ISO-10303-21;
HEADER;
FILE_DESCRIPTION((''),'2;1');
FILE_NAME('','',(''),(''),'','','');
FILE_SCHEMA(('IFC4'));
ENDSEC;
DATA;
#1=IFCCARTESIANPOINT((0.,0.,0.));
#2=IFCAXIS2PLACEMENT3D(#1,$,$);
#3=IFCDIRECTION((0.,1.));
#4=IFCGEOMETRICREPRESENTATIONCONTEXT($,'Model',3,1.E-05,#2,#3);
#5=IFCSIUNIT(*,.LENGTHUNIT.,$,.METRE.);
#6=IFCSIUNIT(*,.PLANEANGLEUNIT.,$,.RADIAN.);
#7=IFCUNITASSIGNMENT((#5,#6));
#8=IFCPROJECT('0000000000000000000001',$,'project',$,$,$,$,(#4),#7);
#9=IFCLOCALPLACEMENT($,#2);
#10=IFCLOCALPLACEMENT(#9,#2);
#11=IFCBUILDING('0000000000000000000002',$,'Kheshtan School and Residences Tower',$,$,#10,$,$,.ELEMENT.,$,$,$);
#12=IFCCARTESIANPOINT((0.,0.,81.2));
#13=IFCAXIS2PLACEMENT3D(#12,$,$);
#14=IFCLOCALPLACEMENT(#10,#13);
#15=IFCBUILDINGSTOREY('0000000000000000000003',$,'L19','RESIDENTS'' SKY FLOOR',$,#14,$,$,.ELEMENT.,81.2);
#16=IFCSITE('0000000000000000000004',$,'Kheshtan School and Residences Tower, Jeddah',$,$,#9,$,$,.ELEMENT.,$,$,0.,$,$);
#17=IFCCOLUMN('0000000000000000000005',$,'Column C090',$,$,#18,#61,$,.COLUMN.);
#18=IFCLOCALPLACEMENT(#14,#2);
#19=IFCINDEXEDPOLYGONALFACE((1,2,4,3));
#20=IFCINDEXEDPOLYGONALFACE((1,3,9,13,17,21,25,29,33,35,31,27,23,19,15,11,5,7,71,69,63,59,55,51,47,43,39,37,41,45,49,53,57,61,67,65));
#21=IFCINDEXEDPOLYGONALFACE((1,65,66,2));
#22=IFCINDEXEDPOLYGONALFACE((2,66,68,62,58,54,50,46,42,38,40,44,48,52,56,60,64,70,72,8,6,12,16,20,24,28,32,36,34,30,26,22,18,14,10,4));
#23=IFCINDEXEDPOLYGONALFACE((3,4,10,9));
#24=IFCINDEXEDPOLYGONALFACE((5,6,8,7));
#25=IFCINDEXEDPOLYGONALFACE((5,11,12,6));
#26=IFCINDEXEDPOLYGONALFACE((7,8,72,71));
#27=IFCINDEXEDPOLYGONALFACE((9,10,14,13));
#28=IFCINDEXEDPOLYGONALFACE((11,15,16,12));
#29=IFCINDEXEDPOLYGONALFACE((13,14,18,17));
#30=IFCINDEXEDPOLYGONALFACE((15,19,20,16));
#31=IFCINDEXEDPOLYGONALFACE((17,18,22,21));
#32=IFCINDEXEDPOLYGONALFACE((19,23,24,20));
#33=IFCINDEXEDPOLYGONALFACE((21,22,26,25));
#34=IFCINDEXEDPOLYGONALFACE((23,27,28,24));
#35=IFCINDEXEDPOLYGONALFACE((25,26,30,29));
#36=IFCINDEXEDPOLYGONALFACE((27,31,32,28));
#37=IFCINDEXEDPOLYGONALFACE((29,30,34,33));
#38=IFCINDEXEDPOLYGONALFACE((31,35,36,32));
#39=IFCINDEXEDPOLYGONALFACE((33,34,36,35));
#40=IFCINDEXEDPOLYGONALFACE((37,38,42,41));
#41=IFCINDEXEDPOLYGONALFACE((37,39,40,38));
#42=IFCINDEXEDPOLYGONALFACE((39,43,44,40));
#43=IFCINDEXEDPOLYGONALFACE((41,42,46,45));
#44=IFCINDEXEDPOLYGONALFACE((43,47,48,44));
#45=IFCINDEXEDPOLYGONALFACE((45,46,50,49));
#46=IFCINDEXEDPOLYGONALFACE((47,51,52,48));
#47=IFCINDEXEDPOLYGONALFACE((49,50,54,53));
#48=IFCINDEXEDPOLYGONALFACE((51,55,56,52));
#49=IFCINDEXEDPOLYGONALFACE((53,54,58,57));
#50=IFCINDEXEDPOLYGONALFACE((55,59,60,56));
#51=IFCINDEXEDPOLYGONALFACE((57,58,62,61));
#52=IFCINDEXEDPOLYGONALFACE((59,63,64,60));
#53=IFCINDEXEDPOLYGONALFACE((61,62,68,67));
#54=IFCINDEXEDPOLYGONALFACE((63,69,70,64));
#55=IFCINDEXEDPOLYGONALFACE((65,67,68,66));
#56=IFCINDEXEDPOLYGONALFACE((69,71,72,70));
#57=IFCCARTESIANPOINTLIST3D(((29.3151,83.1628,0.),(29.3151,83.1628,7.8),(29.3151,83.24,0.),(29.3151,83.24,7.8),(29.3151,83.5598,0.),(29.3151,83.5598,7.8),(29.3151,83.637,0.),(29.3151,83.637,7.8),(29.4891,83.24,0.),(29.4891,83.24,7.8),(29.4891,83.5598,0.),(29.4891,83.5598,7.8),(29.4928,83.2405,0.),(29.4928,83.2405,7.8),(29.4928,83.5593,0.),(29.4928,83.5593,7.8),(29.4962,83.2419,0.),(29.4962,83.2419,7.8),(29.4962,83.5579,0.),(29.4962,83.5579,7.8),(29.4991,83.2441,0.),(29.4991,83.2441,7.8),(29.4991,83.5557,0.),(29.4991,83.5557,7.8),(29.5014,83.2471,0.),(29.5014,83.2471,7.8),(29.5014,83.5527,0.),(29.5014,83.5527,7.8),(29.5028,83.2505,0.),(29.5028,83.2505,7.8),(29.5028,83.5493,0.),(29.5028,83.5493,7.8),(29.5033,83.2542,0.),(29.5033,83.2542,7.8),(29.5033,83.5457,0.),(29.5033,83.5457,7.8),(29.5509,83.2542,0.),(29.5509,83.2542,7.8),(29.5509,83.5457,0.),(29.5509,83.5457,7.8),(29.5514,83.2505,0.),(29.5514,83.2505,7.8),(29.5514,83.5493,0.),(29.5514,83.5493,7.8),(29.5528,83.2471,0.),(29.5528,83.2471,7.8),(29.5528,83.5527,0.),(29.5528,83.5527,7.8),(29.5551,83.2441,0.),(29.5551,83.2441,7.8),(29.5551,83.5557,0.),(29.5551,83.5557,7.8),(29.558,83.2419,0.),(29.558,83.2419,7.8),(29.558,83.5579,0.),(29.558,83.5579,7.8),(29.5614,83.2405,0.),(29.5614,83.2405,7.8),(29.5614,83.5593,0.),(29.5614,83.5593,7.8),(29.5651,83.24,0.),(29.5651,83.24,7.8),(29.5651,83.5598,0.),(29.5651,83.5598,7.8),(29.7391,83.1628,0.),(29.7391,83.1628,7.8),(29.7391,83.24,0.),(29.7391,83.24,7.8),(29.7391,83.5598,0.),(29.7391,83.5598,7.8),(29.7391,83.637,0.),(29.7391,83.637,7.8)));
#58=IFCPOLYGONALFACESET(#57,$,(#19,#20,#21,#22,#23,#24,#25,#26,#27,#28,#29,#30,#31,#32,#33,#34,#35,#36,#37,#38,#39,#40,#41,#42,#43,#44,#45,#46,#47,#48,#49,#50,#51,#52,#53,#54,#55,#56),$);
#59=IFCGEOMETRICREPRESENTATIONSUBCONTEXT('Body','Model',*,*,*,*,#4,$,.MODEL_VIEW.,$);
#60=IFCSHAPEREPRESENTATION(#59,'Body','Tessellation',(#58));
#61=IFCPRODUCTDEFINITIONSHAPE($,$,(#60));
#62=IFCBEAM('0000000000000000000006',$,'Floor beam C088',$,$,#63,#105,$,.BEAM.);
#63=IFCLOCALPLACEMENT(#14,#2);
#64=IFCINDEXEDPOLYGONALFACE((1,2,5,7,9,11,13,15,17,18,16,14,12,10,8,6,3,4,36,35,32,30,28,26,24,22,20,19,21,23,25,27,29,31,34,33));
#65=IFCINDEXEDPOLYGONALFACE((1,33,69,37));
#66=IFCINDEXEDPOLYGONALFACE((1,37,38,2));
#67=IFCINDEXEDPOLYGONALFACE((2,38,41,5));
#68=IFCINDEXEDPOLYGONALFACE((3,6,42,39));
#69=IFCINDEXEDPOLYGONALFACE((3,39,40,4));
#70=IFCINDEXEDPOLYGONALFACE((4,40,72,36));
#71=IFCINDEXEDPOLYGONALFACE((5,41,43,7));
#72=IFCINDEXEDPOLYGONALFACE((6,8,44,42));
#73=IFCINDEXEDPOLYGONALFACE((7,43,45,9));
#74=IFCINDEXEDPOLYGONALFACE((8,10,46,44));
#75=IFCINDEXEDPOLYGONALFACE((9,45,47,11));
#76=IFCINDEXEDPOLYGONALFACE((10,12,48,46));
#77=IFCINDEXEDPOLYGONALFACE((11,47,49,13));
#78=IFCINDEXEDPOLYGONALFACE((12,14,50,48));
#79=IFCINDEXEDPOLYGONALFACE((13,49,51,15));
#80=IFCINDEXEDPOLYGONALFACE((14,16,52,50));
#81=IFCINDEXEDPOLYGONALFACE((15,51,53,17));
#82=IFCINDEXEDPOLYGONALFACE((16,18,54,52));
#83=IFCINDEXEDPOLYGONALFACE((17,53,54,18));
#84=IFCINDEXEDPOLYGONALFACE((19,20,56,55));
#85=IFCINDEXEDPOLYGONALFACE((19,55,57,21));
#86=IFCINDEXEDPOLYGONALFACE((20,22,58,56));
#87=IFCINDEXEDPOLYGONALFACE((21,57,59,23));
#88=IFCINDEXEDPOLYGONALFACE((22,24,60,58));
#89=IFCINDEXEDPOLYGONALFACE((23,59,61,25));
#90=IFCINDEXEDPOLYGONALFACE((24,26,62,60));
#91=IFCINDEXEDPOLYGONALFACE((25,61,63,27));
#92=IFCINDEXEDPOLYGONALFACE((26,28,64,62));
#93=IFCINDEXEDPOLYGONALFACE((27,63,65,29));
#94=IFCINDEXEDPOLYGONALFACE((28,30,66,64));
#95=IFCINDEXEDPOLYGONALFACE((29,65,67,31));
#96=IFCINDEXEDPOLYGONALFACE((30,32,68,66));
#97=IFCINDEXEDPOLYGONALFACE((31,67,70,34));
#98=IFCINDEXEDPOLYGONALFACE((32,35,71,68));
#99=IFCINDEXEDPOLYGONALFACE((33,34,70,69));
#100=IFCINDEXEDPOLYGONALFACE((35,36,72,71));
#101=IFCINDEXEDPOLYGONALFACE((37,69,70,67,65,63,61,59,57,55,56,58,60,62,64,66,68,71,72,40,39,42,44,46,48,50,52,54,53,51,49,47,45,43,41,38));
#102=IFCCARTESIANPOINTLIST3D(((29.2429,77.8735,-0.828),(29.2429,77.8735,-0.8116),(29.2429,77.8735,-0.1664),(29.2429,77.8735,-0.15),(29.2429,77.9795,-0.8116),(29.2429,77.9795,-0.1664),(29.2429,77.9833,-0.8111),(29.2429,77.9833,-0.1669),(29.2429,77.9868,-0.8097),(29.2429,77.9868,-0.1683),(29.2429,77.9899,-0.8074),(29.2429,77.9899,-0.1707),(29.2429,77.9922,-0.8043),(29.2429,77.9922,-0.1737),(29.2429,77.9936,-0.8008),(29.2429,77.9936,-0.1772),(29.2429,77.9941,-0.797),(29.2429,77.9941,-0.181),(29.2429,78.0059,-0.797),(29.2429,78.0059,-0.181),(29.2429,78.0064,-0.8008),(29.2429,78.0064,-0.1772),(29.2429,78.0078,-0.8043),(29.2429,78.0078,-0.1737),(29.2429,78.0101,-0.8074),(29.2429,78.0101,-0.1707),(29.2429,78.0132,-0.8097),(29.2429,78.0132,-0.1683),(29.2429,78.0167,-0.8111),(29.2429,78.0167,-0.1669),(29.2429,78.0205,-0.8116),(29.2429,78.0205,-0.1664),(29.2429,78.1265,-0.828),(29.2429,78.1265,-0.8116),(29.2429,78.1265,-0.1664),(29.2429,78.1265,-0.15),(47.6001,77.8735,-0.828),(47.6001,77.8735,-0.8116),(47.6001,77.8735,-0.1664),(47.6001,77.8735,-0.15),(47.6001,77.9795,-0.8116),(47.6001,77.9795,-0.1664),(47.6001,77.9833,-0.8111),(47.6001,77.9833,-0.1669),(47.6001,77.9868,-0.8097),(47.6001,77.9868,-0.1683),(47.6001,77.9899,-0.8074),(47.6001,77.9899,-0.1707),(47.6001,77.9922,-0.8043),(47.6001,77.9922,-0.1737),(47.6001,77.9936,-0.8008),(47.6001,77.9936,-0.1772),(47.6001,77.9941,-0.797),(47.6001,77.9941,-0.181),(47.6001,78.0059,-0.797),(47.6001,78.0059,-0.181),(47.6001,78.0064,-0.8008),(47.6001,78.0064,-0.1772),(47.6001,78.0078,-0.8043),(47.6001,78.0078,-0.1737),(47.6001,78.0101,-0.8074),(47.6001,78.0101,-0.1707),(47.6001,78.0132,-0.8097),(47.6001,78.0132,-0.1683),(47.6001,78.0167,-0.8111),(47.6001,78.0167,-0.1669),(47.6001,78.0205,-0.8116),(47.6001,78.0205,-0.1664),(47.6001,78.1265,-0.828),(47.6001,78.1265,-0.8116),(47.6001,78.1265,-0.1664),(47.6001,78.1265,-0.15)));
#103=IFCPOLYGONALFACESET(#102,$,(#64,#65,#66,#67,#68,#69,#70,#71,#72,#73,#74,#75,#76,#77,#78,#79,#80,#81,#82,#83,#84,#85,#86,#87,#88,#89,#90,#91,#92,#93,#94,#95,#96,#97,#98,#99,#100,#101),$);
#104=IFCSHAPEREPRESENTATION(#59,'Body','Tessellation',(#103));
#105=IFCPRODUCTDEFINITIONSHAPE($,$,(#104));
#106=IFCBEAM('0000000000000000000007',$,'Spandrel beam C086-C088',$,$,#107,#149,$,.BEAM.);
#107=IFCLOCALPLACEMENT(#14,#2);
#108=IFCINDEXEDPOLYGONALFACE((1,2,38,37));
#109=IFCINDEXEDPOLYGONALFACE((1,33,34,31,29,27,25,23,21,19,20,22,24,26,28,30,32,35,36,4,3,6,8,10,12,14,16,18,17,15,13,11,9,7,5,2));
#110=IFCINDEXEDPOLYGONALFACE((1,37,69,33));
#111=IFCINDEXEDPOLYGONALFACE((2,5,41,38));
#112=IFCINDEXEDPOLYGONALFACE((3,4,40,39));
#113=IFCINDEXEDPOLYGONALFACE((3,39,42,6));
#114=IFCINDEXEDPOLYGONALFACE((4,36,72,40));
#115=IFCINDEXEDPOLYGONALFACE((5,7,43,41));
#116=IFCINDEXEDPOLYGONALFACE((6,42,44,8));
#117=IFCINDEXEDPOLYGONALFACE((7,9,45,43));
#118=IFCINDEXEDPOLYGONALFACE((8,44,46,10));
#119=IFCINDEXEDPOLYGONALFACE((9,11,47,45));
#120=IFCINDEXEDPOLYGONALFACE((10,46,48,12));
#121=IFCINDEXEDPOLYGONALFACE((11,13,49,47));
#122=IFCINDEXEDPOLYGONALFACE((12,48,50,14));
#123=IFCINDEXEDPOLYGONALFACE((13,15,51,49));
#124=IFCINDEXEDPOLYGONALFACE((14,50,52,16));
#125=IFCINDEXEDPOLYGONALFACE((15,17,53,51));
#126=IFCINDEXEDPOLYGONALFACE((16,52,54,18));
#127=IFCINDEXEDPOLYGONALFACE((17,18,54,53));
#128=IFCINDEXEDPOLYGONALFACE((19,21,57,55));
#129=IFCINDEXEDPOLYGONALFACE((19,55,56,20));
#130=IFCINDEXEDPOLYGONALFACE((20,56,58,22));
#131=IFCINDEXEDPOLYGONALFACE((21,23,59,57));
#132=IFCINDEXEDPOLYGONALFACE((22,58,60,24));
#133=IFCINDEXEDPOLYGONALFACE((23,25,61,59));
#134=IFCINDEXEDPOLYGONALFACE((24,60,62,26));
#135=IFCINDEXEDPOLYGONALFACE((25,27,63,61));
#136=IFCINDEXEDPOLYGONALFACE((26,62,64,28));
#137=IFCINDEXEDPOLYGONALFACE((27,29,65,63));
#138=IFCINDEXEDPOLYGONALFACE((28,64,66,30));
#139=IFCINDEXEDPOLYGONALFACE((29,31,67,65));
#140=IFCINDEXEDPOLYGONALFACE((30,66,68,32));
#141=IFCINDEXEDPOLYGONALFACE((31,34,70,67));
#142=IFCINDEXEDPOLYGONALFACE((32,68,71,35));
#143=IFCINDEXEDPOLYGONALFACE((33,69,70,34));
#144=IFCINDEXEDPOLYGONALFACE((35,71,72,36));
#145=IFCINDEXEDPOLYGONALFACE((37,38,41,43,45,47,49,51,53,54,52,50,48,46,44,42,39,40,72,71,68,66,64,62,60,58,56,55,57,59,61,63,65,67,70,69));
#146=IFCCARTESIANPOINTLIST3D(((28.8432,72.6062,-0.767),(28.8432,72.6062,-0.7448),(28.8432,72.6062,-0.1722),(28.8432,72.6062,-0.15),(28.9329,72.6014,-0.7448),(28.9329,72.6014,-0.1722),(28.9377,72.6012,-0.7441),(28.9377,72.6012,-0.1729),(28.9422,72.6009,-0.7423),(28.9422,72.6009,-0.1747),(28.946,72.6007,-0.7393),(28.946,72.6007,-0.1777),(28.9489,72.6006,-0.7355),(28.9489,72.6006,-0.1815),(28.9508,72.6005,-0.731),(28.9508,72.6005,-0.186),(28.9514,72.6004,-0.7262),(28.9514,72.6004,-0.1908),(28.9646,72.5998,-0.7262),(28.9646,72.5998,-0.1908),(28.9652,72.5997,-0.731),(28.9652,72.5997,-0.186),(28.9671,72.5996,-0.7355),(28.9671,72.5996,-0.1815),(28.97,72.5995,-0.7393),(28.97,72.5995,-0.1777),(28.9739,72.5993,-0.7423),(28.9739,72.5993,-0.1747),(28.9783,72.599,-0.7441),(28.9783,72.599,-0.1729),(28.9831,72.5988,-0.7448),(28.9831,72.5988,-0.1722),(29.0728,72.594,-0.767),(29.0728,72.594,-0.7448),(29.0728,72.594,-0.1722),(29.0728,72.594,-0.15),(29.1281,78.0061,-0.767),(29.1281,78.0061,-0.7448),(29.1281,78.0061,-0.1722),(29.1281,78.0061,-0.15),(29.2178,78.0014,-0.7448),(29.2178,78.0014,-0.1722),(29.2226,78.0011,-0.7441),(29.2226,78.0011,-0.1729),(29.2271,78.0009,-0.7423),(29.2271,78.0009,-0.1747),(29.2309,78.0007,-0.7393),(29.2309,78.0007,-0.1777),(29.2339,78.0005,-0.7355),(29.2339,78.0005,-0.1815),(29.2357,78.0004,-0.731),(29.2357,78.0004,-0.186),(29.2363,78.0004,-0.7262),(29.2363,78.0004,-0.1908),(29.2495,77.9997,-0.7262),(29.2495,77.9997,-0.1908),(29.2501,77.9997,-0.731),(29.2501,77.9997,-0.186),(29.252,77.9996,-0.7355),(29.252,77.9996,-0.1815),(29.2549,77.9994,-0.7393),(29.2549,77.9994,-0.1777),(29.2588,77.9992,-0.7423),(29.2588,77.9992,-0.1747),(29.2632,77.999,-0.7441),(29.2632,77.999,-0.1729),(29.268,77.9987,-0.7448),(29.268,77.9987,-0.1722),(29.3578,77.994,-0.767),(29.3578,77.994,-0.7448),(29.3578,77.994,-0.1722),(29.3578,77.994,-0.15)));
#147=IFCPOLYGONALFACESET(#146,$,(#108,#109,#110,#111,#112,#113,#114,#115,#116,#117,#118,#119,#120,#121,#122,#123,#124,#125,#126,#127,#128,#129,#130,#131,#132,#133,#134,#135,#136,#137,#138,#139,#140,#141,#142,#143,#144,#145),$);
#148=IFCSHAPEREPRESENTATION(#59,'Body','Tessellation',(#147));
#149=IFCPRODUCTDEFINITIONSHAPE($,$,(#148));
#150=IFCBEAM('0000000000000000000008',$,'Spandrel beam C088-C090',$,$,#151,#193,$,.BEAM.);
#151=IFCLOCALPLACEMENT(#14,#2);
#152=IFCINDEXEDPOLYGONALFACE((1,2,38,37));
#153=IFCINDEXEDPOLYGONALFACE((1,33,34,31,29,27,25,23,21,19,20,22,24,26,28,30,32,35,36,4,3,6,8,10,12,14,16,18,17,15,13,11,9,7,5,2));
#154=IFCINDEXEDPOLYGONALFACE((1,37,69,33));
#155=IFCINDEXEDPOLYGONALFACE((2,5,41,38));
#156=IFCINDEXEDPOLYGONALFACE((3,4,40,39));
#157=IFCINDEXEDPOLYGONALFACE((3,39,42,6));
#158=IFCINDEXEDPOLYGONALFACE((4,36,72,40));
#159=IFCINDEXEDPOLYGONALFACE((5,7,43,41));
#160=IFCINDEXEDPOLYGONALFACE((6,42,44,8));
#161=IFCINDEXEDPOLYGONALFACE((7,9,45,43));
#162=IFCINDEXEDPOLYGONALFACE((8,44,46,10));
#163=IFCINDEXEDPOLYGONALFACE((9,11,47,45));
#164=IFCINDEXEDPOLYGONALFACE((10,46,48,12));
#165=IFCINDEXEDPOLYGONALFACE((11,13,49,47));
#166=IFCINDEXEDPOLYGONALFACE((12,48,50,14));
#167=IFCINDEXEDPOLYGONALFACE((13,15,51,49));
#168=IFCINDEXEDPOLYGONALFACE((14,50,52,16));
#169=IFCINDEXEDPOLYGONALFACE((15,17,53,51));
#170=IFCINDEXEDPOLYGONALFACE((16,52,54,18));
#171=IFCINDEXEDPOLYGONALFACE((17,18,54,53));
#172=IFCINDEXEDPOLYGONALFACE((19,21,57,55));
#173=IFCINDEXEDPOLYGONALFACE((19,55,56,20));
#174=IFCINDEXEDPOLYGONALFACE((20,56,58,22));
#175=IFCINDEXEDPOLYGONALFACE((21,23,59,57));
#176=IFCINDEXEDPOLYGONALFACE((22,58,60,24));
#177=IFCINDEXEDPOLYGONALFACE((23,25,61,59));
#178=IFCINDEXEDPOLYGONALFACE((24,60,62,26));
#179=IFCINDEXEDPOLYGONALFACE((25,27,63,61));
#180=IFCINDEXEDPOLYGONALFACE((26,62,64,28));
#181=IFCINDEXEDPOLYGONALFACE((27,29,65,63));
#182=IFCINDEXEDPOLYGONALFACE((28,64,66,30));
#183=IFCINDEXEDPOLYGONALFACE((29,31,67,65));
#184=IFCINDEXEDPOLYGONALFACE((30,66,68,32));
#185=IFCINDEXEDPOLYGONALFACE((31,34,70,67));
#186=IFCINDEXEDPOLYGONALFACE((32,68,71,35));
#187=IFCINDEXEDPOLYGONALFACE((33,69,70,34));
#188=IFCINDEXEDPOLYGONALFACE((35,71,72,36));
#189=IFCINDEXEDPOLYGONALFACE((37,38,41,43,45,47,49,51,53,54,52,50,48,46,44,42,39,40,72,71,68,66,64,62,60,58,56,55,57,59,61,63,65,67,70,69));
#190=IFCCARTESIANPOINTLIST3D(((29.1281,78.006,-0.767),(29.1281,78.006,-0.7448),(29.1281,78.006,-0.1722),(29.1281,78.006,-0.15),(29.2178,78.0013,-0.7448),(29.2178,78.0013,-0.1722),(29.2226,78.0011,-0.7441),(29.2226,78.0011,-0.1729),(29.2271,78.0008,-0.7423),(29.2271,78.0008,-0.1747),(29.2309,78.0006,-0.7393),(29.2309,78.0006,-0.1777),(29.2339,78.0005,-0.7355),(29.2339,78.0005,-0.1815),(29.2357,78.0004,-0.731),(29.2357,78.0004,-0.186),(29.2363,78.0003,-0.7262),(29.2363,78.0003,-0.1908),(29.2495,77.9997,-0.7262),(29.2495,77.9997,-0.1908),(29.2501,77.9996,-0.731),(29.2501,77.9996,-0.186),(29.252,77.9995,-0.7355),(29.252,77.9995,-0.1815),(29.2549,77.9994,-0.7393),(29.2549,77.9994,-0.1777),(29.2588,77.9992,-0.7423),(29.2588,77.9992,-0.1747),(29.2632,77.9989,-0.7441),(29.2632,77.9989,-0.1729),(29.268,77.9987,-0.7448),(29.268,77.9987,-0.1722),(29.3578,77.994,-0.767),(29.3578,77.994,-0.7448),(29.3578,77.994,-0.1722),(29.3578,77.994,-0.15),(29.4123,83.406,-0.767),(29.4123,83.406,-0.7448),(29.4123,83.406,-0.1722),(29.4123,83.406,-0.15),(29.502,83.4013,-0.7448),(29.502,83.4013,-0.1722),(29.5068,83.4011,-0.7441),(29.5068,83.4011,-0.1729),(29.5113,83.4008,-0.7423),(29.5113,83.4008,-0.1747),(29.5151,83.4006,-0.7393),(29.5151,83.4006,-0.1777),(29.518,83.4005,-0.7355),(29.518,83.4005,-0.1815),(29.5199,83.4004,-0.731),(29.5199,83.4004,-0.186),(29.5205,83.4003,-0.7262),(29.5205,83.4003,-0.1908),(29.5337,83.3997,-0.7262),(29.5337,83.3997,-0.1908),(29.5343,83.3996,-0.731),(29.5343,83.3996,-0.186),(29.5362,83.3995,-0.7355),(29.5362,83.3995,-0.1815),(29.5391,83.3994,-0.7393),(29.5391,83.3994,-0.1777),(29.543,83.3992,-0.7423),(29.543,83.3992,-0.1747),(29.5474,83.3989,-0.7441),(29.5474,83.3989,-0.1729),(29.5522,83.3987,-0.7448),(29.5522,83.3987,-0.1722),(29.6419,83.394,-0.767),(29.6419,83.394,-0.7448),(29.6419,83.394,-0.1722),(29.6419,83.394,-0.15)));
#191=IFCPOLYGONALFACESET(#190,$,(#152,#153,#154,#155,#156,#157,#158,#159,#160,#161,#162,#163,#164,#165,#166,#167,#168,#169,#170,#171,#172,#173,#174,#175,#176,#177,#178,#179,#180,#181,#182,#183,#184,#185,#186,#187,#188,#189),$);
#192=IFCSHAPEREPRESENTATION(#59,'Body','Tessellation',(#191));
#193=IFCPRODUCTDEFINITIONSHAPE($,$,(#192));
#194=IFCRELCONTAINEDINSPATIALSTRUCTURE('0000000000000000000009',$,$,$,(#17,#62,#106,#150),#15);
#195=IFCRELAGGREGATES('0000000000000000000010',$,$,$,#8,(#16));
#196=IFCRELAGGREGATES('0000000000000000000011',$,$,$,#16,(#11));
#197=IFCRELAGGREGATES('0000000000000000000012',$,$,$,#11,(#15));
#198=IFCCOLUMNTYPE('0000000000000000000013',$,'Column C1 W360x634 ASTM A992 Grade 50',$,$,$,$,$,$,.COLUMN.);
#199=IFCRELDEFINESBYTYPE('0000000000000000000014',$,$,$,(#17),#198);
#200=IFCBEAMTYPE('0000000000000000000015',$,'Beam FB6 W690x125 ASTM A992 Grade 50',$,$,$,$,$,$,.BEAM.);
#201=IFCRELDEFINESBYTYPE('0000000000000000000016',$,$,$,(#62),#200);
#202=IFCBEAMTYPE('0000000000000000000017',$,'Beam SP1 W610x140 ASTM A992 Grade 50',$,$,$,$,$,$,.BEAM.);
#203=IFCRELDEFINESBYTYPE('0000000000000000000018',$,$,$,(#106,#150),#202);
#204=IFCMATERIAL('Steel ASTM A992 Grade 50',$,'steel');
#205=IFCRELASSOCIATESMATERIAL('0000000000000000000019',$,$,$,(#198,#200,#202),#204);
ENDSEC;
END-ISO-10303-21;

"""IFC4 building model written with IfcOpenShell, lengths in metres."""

from ifc_helpers import new_model, si_unit, direction, frame, origin, origin_2d, place, context, subcontext, project, spatial, i_section, extrude, material, material_profile, profile_set, type_object, element, save


model = new_model("IFC4")

# Units and contexts
model_context = context("Model", 3, precision=1e-05, world=origin(), true_north=direction((0.0, 1.0)))
body_context = subcontext(model_context, "Body", "Model", "MODEL_VIEW")
ifc_project = project(units=[si_unit("LENGTHUNIT", "METRE"), si_unit("PLANEANGLEUNIT", "RADIAN")], contexts=[model_context])

# Site, building, storey
site_placement = place(None, origin())
site = spatial("IfcSite", under=ifc_project, at=site_placement, Name="Kheshtan School and Residences Tower, Jeddah", CompositionType="ELEMENT", RefElevation=0.0)
building_placement = place(site_placement, origin())
building = spatial("IfcBuilding", under=site, at=building_placement, Name="Kheshtan School and Residences Tower", CompositionType="ELEMENT")
storey_placement = place(building_placement, frame((0.0, 0.0, 81.2)))
storey = spatial("IfcBuildingStorey", under=building, at=storey_placement, Name="L19", Description="RESIDENTS' SKY FLOOR", CompositionType="ELEMENT", Elevation=81.2)

# Column
ifc_material_1 = material(Name="Steel ASTM A992 Grade 50", Category="steel")
ifc_material_profile_1 = material_profile(ifc_material_1, i_section(OverallWidth=0.4241, OverallDepth=0.4741, WebThickness=0.0476, FlangeThickness=0.0771, FilletRadius=0.0142, at=origin_2d()), Name="W360x634")
ifc_profile_set_1 = profile_set([ifc_material_profile_1], Name="Steel ASTM A992 Grade 50")
column_type = type_object("IfcColumnType", Name="Column C1 W360x634 ASTM A992 Grade 50", PredefinedType="COLUMN", material=ifc_profile_set_1)
for number, where, z_axis, x_axis, name in (
    (1, (29.5271, 83.3999, 0.0), (0.0, 0.0, 1.0), (1.0, 0.0, 0.0), "Column C090"),
):
    element("IfcColumn", number, at=place(storey_placement, frame(where, z_axis=z_axis, x_axis=x_axis)), inside=storey, type_object=column_type, Name=name, PredefinedType="COLUMN", context=body_context, shape_type="SweptSolid", body=[
        extrude(i_section(OverallWidth=0.4241, OverallDepth=0.4741, WebThickness=0.0476, FlangeThickness=0.0771, FilletRadius=0.0142, at=origin_2d()), origin(), (0.0, 0.0, 1.0), 7.8),
    ])

# Beams
ifc_material_profile_2 = material_profile(ifc_material_1, i_section(OverallWidth=0.2529, OverallDepth=0.678, WebThickness=0.0117, FlangeThickness=0.0164, FilletRadius=0.0146, at=origin_2d()), Name="W690x125")
ifc_profile_set_2 = profile_set([ifc_material_profile_2], Name="Steel ASTM A992 Grade 50")
beam_type_1 = type_object("IfcBeamType", Name="Beam FB6 W690x125 ASTM A992 Grade 50", PredefinedType="BEAM", material=ifc_profile_set_2)
beam_placement = place(storey_placement, frame((29.2429, 78.0, -0.489), z_axis=(1.0, 0.0, 0.0), x_axis=(0.0, 1.0, 0.0)))
element("IfcBeam", 2, at=beam_placement, inside=storey, type_object=beam_type_1, Name="Floor beam C088", PredefinedType="BEAM", context=body_context, shape_type="SweptSolid", body=[
    extrude(i_section(OverallWidth=0.2529, OverallDepth=0.678, WebThickness=0.0117, FlangeThickness=0.0164, FilletRadius=0.0146, at=origin_2d()), origin(), (0.0, 0.0, 1.0), 18.3572),
])
ifc_material_profile_3 = material_profile(ifc_material_1, i_section(OverallWidth=0.23, OverallDepth=0.6169, WebThickness=0.0132, FlangeThickness=0.0222, FilletRadius=0.0186, at=origin_2d()), Name="W610x140")
ifc_profile_set_3 = profile_set([ifc_material_profile_3], Name="Steel ASTM A992 Grade 50")
beam_type_2 = type_object("IfcBeamType", Name="Beam SP1 W610x140 ASTM A992 Grade 50", PredefinedType="BEAM", material=ifc_profile_set_3)
for number, where, z_axis, x_axis, name in (
    (3, (28.958, 72.6001, -0.4585), (0.052689, 0.998611, 0.0), (-0.998611, 0.052689, 0.0), "Spandrel beam C086-C088"),
    (4, (29.2429, 78.0, -0.4585), (0.052554, 0.998618, 0.0), (-0.998618, 0.052554, 0.0), "Spandrel beam C088-C090"),
):
    element("IfcBeam", number, at=place(storey_placement, frame(where, z_axis=z_axis, x_axis=x_axis)), inside=storey, type_object=beam_type_2, Name=name, PredefinedType="BEAM", context=body_context, shape_type="SweptSolid", body=[
        extrude(i_section(OverallWidth=0.23, OverallDepth=0.6169, WebThickness=0.0132, FlangeThickness=0.0222, FilletRadius=0.0186, at=origin_2d()), origin(), (0.0, 0.0, 1.0), 5.4075),
    ])

save(model, "model.ifc")
